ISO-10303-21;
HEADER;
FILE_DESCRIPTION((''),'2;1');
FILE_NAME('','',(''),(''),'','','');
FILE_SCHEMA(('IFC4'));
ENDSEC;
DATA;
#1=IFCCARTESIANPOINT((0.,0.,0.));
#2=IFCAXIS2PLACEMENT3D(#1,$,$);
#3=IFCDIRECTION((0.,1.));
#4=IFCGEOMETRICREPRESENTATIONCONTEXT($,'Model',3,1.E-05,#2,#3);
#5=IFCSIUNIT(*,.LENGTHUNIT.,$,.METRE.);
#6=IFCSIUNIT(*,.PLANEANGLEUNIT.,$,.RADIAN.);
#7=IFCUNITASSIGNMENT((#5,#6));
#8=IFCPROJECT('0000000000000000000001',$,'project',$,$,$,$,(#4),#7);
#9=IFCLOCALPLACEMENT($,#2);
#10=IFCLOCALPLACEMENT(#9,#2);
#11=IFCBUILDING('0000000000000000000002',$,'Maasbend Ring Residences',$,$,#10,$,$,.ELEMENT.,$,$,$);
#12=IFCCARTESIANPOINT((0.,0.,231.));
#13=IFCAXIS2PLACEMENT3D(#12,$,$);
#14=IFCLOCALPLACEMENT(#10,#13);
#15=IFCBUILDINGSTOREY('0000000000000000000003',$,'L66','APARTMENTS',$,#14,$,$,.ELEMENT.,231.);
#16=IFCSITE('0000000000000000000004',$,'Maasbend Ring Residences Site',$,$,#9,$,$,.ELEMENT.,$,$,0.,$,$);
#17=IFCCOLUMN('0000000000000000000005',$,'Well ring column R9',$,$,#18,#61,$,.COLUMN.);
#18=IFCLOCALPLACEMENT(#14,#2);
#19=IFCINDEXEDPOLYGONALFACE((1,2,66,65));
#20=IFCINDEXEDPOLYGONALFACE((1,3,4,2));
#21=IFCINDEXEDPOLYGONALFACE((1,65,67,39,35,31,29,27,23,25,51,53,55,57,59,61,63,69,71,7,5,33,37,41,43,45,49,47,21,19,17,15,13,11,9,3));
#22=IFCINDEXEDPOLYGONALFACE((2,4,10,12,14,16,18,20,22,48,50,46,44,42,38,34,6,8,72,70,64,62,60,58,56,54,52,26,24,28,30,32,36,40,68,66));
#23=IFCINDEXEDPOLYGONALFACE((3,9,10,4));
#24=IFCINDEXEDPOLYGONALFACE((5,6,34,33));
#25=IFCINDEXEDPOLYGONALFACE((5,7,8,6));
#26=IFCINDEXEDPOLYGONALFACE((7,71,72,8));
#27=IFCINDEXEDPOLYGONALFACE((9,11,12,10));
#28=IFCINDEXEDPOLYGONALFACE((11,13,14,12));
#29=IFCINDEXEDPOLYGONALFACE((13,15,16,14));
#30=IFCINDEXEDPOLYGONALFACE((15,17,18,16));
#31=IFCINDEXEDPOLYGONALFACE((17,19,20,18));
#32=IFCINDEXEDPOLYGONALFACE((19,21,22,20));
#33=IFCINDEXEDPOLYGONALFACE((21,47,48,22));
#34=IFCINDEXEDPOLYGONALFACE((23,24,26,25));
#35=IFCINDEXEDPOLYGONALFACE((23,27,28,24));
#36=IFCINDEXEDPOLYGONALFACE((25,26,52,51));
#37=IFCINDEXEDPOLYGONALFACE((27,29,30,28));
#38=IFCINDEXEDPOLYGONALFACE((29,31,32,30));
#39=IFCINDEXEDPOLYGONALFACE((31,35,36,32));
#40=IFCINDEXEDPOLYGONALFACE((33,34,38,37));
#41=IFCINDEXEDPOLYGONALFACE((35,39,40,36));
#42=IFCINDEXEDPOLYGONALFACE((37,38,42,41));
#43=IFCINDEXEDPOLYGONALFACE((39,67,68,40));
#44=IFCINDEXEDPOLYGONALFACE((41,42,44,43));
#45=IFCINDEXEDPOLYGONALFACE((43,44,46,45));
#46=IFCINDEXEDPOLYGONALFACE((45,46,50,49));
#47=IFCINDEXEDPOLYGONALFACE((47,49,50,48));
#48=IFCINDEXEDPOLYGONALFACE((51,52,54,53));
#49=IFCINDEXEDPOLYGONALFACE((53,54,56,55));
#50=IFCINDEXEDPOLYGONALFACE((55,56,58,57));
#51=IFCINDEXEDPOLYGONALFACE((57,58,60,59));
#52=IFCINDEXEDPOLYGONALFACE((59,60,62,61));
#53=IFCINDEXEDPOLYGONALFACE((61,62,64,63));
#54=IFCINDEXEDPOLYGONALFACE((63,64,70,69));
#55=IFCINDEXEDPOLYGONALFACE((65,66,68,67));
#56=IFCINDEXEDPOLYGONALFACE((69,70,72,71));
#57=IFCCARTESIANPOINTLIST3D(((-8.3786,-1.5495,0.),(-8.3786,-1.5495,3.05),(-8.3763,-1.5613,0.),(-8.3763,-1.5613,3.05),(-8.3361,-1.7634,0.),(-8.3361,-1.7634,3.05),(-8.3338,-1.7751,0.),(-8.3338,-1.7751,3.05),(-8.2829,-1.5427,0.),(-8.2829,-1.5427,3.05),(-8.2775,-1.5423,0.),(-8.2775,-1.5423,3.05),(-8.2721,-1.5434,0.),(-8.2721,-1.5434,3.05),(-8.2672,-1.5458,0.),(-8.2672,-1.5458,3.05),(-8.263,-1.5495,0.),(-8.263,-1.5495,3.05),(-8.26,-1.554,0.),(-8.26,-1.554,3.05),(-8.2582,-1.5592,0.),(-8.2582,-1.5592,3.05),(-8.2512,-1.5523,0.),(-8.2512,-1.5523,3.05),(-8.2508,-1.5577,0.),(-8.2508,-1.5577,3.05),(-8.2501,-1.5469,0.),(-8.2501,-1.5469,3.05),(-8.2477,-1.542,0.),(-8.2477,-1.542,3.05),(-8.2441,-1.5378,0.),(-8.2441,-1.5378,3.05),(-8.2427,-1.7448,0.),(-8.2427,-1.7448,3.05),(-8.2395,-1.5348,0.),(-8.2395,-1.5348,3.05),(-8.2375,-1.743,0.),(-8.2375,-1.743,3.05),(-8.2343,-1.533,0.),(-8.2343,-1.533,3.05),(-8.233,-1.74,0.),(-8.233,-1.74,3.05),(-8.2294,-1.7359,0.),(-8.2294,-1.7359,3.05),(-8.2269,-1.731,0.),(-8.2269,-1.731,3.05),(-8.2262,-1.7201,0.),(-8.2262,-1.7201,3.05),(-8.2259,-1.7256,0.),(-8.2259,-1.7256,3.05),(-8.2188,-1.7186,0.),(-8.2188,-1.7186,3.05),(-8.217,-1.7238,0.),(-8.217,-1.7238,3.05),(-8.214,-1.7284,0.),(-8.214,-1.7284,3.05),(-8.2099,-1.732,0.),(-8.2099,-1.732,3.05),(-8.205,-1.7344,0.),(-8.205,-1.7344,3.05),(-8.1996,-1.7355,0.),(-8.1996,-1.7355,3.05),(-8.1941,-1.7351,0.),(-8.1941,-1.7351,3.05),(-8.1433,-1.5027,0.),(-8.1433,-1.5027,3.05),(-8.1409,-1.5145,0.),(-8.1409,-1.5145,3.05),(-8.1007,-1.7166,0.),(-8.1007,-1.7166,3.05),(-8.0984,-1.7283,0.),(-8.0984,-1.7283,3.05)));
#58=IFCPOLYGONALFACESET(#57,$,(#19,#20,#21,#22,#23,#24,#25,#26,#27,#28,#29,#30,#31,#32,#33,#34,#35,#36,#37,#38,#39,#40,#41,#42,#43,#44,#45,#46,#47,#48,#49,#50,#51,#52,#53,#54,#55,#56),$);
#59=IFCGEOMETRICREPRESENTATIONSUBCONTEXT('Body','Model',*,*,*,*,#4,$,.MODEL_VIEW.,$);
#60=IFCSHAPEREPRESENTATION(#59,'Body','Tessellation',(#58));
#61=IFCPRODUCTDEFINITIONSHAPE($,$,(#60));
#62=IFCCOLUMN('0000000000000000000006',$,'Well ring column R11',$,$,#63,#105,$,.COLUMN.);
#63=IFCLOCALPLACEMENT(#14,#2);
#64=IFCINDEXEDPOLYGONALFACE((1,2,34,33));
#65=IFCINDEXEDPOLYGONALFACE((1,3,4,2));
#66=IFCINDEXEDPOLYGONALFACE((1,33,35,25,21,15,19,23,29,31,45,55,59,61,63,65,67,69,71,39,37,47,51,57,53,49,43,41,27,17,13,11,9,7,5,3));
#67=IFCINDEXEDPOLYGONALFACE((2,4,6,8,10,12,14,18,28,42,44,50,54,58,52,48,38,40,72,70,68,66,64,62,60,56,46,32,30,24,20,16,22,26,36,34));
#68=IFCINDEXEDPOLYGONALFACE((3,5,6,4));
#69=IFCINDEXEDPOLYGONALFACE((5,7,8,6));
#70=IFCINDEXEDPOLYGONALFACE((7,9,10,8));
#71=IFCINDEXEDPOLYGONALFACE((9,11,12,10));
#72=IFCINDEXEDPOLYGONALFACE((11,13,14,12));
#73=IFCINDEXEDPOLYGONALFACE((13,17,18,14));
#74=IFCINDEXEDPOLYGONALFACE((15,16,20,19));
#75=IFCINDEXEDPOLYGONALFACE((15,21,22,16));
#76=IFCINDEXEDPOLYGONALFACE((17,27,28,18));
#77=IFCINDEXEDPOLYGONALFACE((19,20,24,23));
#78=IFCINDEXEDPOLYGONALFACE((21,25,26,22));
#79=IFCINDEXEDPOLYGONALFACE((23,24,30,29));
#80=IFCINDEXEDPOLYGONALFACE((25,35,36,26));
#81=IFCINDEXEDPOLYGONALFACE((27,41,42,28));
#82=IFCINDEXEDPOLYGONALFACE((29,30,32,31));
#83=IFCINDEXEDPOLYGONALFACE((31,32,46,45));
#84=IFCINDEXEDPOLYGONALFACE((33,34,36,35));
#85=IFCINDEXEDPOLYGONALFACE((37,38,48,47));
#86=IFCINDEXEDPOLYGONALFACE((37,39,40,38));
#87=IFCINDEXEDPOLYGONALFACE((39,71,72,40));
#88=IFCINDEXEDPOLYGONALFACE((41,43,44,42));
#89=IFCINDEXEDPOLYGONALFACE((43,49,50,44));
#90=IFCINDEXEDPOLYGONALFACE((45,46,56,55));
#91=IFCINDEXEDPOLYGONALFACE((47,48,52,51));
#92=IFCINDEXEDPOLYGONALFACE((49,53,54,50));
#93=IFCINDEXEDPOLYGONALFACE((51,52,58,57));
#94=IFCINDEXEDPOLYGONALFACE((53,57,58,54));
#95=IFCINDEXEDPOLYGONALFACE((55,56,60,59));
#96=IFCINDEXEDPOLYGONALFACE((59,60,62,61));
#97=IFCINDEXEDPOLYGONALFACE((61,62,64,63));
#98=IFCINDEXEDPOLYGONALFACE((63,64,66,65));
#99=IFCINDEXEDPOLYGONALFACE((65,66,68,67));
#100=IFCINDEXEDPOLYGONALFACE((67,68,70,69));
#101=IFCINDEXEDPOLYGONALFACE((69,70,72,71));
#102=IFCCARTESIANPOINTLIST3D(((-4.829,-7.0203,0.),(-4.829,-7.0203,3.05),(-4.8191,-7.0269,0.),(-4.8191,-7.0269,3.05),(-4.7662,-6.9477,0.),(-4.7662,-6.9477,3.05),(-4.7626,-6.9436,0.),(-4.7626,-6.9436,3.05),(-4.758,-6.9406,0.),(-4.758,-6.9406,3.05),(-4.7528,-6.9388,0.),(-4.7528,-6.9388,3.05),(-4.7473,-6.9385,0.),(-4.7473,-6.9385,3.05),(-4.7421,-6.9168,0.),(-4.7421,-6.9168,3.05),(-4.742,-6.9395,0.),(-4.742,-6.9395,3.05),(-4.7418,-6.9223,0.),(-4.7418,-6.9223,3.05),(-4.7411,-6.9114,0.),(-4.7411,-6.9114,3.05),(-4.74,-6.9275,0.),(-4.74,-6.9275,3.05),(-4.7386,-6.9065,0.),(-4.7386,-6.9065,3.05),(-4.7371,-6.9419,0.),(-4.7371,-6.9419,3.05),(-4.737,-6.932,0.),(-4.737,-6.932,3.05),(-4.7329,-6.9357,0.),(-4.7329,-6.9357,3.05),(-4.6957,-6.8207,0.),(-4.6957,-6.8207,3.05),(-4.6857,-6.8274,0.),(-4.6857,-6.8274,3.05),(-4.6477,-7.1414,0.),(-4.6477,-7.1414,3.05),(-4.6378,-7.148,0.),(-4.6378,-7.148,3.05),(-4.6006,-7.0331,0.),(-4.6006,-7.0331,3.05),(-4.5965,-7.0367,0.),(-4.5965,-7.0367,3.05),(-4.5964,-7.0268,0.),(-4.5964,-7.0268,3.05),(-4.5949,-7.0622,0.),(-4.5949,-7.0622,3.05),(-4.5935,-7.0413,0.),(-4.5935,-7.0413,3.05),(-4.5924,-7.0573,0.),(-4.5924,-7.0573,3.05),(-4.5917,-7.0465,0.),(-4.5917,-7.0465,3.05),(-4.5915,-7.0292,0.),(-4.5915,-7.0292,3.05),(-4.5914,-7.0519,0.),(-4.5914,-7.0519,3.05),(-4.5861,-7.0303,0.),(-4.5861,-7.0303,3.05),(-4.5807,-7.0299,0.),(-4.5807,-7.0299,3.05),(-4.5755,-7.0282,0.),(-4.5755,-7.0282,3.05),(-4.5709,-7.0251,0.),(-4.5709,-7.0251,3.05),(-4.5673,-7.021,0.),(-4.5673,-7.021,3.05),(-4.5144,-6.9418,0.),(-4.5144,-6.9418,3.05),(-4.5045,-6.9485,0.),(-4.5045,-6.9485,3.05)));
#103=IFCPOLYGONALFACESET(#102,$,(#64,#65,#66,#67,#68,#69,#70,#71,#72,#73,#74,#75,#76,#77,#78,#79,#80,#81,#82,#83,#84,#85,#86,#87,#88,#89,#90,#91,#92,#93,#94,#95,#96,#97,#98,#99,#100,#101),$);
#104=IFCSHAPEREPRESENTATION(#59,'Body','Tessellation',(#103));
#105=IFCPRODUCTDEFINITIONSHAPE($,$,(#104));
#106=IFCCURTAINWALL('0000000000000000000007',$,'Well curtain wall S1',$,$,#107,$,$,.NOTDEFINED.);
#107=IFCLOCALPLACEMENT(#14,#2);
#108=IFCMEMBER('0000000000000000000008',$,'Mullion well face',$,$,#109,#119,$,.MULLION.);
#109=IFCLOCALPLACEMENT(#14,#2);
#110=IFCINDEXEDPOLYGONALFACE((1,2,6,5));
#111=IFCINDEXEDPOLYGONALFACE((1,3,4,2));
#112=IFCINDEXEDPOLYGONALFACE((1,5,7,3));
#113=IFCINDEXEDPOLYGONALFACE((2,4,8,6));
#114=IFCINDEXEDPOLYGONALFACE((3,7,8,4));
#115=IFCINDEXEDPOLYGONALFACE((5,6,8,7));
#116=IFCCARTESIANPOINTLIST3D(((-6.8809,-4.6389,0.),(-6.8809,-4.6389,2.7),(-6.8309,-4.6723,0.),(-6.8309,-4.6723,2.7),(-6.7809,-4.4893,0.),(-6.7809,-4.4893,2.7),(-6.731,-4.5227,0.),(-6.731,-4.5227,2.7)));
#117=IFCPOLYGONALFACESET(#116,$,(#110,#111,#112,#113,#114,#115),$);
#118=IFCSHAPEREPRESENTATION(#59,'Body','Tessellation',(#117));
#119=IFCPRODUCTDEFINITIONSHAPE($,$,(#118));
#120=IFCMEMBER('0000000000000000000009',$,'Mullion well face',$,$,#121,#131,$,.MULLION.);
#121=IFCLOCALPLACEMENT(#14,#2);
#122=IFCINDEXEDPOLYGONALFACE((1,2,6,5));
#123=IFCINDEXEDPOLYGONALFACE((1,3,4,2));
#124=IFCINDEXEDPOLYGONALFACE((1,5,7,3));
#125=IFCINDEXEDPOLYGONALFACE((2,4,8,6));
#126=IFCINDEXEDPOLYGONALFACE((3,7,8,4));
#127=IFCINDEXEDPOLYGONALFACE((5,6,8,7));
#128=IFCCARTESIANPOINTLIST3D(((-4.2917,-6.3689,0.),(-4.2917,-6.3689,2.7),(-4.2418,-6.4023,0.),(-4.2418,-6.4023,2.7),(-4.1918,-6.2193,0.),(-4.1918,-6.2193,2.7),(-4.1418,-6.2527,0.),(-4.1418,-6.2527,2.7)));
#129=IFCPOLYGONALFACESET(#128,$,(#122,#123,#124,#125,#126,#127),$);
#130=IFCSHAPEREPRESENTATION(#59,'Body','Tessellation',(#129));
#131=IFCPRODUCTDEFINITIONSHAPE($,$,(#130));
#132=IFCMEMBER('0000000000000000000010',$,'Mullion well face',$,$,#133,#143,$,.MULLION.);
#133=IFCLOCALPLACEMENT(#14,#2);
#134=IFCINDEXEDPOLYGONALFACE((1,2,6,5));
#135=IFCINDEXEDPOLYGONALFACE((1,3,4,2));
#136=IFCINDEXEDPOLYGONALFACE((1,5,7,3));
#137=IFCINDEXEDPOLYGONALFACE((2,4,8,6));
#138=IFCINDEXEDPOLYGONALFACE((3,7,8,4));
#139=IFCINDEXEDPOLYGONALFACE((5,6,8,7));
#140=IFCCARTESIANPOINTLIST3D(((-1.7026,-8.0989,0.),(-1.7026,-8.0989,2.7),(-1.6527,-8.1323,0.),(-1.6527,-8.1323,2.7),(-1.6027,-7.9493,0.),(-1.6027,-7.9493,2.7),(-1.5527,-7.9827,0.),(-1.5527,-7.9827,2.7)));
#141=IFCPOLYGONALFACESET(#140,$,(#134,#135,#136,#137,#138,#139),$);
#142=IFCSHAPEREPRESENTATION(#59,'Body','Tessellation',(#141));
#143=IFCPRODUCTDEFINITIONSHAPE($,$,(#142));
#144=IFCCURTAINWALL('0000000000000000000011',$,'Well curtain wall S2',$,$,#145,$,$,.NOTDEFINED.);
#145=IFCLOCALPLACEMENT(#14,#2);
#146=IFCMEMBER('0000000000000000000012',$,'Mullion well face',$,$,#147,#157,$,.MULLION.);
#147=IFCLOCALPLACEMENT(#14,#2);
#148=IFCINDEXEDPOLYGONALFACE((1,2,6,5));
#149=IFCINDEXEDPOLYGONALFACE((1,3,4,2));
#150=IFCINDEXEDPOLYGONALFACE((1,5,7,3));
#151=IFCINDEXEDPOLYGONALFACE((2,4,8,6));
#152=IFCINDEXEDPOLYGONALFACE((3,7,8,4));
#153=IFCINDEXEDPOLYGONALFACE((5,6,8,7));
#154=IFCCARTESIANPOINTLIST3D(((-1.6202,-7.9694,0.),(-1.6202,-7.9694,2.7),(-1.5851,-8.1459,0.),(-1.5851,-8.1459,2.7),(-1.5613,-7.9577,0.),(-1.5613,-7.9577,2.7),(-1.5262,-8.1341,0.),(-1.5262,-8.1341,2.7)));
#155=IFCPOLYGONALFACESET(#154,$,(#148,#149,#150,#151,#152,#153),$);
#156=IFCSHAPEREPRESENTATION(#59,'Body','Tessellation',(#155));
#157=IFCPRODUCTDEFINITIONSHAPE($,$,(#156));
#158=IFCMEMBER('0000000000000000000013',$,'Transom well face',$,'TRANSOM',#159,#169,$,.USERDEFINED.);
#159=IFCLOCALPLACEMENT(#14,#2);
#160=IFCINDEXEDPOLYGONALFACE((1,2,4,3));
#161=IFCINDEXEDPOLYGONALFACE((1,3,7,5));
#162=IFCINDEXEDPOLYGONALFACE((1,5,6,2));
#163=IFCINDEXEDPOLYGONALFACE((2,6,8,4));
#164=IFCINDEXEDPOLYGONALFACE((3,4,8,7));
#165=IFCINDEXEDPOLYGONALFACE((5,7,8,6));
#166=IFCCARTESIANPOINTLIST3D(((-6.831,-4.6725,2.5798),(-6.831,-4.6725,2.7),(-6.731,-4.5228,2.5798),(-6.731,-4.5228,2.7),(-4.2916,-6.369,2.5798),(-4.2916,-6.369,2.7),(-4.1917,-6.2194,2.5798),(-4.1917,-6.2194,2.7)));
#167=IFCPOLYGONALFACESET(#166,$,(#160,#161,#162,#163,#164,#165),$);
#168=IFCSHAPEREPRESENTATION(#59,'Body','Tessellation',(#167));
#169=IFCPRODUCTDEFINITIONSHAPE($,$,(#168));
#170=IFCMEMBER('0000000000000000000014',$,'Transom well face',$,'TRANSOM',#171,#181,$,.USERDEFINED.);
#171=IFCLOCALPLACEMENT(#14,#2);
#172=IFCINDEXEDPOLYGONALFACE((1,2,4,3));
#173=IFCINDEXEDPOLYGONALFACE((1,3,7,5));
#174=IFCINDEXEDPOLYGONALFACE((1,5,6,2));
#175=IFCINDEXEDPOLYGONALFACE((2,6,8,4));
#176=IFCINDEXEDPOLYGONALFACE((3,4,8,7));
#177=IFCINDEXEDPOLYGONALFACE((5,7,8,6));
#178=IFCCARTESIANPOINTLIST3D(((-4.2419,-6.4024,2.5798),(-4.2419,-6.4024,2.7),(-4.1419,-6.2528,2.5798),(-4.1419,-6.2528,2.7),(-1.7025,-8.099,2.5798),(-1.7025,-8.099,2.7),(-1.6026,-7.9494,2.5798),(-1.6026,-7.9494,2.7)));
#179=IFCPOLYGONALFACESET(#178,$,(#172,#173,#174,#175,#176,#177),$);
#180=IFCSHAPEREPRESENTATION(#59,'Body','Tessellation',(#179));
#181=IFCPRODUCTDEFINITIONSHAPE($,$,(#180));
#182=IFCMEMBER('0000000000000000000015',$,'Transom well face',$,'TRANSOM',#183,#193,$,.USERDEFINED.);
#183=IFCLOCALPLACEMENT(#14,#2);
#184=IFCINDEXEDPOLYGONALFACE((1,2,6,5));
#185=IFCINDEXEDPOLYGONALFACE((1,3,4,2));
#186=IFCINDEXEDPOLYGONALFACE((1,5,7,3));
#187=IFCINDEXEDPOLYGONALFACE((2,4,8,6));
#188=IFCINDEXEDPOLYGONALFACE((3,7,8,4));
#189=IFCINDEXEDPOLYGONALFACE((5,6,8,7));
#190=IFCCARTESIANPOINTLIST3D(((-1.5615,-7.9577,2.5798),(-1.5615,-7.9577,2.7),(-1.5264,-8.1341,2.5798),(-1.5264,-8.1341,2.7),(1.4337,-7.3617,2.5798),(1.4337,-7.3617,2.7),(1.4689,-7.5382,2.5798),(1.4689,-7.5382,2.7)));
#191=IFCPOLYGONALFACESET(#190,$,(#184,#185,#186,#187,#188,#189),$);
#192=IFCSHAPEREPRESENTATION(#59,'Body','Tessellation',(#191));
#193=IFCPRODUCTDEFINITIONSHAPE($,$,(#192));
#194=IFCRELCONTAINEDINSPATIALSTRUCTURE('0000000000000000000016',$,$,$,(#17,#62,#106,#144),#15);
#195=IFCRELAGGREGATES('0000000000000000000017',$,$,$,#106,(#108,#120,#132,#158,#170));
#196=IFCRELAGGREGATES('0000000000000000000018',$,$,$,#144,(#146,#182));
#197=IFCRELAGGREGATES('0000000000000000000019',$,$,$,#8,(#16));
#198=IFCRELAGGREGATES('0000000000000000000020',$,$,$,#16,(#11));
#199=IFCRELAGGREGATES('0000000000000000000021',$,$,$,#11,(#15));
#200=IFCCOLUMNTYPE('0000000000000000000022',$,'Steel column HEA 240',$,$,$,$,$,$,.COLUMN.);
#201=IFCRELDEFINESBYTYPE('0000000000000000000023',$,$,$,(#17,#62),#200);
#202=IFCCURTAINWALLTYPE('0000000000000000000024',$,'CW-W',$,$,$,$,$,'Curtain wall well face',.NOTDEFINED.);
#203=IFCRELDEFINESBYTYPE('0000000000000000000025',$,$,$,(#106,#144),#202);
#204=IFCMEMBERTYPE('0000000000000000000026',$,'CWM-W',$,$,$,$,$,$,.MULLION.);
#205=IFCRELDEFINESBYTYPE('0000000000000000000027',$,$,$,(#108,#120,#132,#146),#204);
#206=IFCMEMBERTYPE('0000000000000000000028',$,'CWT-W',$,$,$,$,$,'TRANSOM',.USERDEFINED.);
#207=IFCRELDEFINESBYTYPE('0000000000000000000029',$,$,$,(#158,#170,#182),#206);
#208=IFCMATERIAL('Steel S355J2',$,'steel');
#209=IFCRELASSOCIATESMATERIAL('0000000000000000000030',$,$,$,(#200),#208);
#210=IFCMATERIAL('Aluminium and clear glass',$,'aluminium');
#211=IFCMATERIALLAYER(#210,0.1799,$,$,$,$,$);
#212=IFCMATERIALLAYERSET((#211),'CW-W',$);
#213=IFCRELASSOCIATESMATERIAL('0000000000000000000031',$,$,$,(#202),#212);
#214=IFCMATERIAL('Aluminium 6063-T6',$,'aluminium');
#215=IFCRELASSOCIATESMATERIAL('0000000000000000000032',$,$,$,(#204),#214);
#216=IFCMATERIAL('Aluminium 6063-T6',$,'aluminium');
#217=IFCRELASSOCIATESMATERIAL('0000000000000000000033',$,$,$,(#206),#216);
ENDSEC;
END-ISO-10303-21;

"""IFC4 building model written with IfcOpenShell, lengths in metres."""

from ifc_helpers import new_model, si_unit, direction, frame, origin, origin_2d, place, context, subcontext, project, spatial, rectangle, i_section, extrude, material, layer, layer_set, material_profile, profile_set, type_object, element, aggregate, save


model = new_model("IFC4")

# Units and contexts
model_context = context("Model", 3, precision=1e-05, world=origin(), true_north=direction((0.0, 1.0)))
body_context = subcontext(model_context, "Body", "Model", "MODEL_VIEW")
ifc_project = project(units=[si_unit("LENGTHUNIT", "METRE"), si_unit("PLANEANGLEUNIT", "RADIAN")], contexts=[model_context])

# Site, building, storey
site_placement = place(None, origin())
site = spatial("IfcSite", under=ifc_project, at=site_placement, Name="Maasbend Ring Residences Site", CompositionType="ELEMENT", RefElevation=0.0)
building_placement = place(site_placement, origin())
building = spatial("IfcBuilding", under=site, at=building_placement, Name="Maasbend Ring Residences", CompositionType="ELEMENT")
storey_placement = place(building_placement, frame((0.0, 0.0, 231.0)))
storey = spatial("IfcBuildingStorey", under=building, at=storey_placement, Name="L66", Description="APARTMENTS", CompositionType="ELEMENT", Elevation=231.0)

# Columns
ifc_material_1 = material(Name="Steel S355J2", Category="steel")
ifc_material_profile_1 = material_profile(ifc_material_1, i_section(OverallWidth=0.24, OverallDepth=0.23, WebThickness=0.0076, FlangeThickness=0.012, FilletRadius=0.021, at=origin_2d()), Name="HEA 240")
ifc_profile_set_1 = profile_set([ifc_material_profile_1], Name="Steel S355J2")
column_type = type_object("IfcColumnType", Name="Steel column HEA 240", PredefinedType="COLUMN", material=ifc_profile_set_1)
for number, where, z_axis, x_axis, name in (
    (1, (-8.2385, -1.6389, 0.0), (0.0, 0.0, 1.0), (-0.980785, -0.19509, 0.0), "Well ring column R9"),
    (2, (-4.6667, -6.9844, 0.0), (0.0, 0.0, 1.0), (-0.55557, -0.83147, 0.0), "Well ring column R11"),
):
    element("IfcColumn", number, at=place(storey_placement, frame(where, z_axis=z_axis, x_axis=x_axis)), inside=storey, type_object=column_type, Name=name, PredefinedType="COLUMN", context=body_context, shape_type="SweptSolid", body=[
        extrude(i_section(OverallWidth=0.24, OverallDepth=0.23, WebThickness=0.0076, FlangeThickness=0.012, FilletRadius=0.021, at=origin_2d()), origin(), (0.0, 0.0, 1.0), 3.05),
    ])

# Curtain wall, members
ifc_material_2 = material(Name="Aluminium and clear glass", Category="aluminium")
ifc_layer_1 = layer(ifc_material_2, 0.1799)
ifc_layer_set_1 = layer_set([ifc_layer_1], Name="CW-W")
curtain_wall_type = type_object("IfcCurtainWallType", Name="CW-W", ElementType="Curtain wall well face", PredefinedType="NOTDEFINED", material=ifc_layer_set_1)
curtain_wall_1_placement = place(storey_placement, origin())
curtain_wall_1 = element("IfcCurtainWall", 3, at=curtain_wall_1_placement, inside=storey, type_object=curtain_wall_type, Name="Well curtain wall S1", PredefinedType="NOTDEFINED")
ifc_material_3 = material(Name="Aluminium 6063-T6", Category="aluminium")
ifc_material_profile_2 = material_profile(ifc_material_3, rectangle(XDim=0.1799, YDim=0.0601, at=origin_2d()), Name="AL 180x60")
ifc_profile_set_2 = profile_set([ifc_material_profile_2], Name="Aluminium 6063-T6")
member_type_1 = type_object("IfcMemberType", Name="CWM-W", PredefinedType="MULLION", material=ifc_profile_set_2)
member_1_placement = place(storey_placement, frame((-6.8059, -4.5808, 0.0), z_axis=(0.0, 0.0, 1.0), x_axis=(0.55557, 0.83147, 0.0)))
member_1 = element("IfcMember", 4, at=member_1_placement, type_object=member_type_1, Name="Mullion well face", PredefinedType="MULLION", context=body_context, shape_type="SweptSolid", body=[
    extrude(rectangle(XDim=0.1799, YDim=0.0601, at=origin_2d()), origin(), (0.0, 0.0, 1.0), 2.7),
])
member_2_placement = place(storey_placement, frame((-4.2168, -6.3108, 0.0), z_axis=(0.0, 0.0, 1.0), x_axis=(0.55557, 0.83147, 0.0)))
member_2 = element("IfcMember", 5, at=member_2_placement, type_object=member_type_1, Name="Mullion well face", PredefinedType="MULLION", context=body_context, shape_type="SweptSolid", body=[
    extrude(rectangle(XDim=0.1799, YDim=0.0601, at=origin_2d()), origin(), (0.0, 0.0, 1.0), 2.7),
])
member_3_placement = place(storey_placement, frame((-1.6277, -8.0408, 0.0), z_axis=(0.0, 0.0, 1.0), x_axis=(0.55557, 0.83147, 0.0)))
member_3 = element("IfcMember", 6, at=member_3_placement, type_object=member_type_1, Name="Mullion well face", PredefinedType="MULLION", context=body_context, shape_type="SweptSolid", body=[
    extrude(rectangle(XDim=0.1799, YDim=0.0601, at=origin_2d()), origin(), (0.0, 0.0, 1.0), 2.7),
])

# Curtain wall, member
curtain_wall_2_placement = place(storey_placement, origin())
curtain_wall_2 = element("IfcCurtainWall", 7, at=curtain_wall_2_placement, inside=storey, type_object=curtain_wall_type, Name="Well curtain wall S2", PredefinedType="NOTDEFINED")
member_4_placement = place(storey_placement, frame((-1.5732, -8.0518, 0.0), z_axis=(0.0, 0.0, 1.0), x_axis=(-0.19509, 0.980785, 0.0)))
member_4 = element("IfcMember", 8, at=member_4_placement, type_object=member_type_1, Name="Mullion well face", PredefinedType="MULLION", context=body_context, shape_type="SweptSolid", body=[
    extrude(rectangle(XDim=0.1799, YDim=0.0601, at=origin_2d()), origin(), (0.0, 0.0, 1.0), 2.7),
])

# Members
ifc_material_4 = material(Name="Aluminium 6063-T6", Category="aluminium")
ifc_material_profile_3 = material_profile(ifc_material_4, rectangle(XDim=0.1799, YDim=0.1201, at=origin_2d()), Name="AL 180x120")
ifc_profile_set_3 = profile_set([ifc_material_profile_3], Name="Aluminium 6063-T6")
member_type_2 = type_object("IfcMemberType", Name="CWT-W", ElementType="TRANSOM", PredefinedType="USERDEFINED", material=ifc_profile_set_3)
member_5_placement = place(storey_placement, frame((-6.781, -4.5977, 2.6399), z_axis=(0.831496, -0.55553, 0.0), x_axis=(0.55553, 0.831496, 0.0)))
member_5 = element("IfcMember", 9, at=member_5_placement, type_object=member_type_2, Name="Transom well face", ObjectType="TRANSOM", PredefinedType="USERDEFINED", context=body_context, shape_type="SweptSolid", body=[
    extrude(rectangle(XDim=0.1799, YDim=0.1201, at=origin_2d()), origin(), (0.0, 0.0, 1.0), 3.054),
])
member_6_placement = place(storey_placement, frame((-4.1919, -6.3276, 2.6399), z_axis=(0.831496, -0.55553, 0.0), x_axis=(0.55553, 0.831496, 0.0)))
member_6 = element("IfcMember", 10, at=member_6_placement, type_object=member_type_2, Name="Transom well face", ObjectType="TRANSOM", PredefinedType="USERDEFINED", context=body_context, shape_type="SweptSolid", body=[
    extrude(rectangle(XDim=0.1799, YDim=0.1201, at=origin_2d()), origin(), (0.0, 0.0, 1.0), 3.054),
])
member_7_placement = place(storey_placement, frame((-1.5439, -8.0459, 2.6399), z_axis=(0.980777, 0.195132, 0.0), x_axis=(-0.195132, 0.980777, 0.0)))
member_7 = element("IfcMember", 11, at=member_7_placement, type_object=member_type_2, Name="Transom well face", ObjectType="TRANSOM", PredefinedType="USERDEFINED", context=body_context, shape_type="SweptSolid", body=[
    extrude(rectangle(XDim=0.1799, YDim=0.1201, at=origin_2d()), origin(), (0.0, 0.0, 1.0), 3.054),
])

aggregate(curtain_wall_1, [member_1, member_2, member_3, member_5, member_6])
aggregate(curtain_wall_2, [member_4, member_7])

save(model, "model.ifc")
